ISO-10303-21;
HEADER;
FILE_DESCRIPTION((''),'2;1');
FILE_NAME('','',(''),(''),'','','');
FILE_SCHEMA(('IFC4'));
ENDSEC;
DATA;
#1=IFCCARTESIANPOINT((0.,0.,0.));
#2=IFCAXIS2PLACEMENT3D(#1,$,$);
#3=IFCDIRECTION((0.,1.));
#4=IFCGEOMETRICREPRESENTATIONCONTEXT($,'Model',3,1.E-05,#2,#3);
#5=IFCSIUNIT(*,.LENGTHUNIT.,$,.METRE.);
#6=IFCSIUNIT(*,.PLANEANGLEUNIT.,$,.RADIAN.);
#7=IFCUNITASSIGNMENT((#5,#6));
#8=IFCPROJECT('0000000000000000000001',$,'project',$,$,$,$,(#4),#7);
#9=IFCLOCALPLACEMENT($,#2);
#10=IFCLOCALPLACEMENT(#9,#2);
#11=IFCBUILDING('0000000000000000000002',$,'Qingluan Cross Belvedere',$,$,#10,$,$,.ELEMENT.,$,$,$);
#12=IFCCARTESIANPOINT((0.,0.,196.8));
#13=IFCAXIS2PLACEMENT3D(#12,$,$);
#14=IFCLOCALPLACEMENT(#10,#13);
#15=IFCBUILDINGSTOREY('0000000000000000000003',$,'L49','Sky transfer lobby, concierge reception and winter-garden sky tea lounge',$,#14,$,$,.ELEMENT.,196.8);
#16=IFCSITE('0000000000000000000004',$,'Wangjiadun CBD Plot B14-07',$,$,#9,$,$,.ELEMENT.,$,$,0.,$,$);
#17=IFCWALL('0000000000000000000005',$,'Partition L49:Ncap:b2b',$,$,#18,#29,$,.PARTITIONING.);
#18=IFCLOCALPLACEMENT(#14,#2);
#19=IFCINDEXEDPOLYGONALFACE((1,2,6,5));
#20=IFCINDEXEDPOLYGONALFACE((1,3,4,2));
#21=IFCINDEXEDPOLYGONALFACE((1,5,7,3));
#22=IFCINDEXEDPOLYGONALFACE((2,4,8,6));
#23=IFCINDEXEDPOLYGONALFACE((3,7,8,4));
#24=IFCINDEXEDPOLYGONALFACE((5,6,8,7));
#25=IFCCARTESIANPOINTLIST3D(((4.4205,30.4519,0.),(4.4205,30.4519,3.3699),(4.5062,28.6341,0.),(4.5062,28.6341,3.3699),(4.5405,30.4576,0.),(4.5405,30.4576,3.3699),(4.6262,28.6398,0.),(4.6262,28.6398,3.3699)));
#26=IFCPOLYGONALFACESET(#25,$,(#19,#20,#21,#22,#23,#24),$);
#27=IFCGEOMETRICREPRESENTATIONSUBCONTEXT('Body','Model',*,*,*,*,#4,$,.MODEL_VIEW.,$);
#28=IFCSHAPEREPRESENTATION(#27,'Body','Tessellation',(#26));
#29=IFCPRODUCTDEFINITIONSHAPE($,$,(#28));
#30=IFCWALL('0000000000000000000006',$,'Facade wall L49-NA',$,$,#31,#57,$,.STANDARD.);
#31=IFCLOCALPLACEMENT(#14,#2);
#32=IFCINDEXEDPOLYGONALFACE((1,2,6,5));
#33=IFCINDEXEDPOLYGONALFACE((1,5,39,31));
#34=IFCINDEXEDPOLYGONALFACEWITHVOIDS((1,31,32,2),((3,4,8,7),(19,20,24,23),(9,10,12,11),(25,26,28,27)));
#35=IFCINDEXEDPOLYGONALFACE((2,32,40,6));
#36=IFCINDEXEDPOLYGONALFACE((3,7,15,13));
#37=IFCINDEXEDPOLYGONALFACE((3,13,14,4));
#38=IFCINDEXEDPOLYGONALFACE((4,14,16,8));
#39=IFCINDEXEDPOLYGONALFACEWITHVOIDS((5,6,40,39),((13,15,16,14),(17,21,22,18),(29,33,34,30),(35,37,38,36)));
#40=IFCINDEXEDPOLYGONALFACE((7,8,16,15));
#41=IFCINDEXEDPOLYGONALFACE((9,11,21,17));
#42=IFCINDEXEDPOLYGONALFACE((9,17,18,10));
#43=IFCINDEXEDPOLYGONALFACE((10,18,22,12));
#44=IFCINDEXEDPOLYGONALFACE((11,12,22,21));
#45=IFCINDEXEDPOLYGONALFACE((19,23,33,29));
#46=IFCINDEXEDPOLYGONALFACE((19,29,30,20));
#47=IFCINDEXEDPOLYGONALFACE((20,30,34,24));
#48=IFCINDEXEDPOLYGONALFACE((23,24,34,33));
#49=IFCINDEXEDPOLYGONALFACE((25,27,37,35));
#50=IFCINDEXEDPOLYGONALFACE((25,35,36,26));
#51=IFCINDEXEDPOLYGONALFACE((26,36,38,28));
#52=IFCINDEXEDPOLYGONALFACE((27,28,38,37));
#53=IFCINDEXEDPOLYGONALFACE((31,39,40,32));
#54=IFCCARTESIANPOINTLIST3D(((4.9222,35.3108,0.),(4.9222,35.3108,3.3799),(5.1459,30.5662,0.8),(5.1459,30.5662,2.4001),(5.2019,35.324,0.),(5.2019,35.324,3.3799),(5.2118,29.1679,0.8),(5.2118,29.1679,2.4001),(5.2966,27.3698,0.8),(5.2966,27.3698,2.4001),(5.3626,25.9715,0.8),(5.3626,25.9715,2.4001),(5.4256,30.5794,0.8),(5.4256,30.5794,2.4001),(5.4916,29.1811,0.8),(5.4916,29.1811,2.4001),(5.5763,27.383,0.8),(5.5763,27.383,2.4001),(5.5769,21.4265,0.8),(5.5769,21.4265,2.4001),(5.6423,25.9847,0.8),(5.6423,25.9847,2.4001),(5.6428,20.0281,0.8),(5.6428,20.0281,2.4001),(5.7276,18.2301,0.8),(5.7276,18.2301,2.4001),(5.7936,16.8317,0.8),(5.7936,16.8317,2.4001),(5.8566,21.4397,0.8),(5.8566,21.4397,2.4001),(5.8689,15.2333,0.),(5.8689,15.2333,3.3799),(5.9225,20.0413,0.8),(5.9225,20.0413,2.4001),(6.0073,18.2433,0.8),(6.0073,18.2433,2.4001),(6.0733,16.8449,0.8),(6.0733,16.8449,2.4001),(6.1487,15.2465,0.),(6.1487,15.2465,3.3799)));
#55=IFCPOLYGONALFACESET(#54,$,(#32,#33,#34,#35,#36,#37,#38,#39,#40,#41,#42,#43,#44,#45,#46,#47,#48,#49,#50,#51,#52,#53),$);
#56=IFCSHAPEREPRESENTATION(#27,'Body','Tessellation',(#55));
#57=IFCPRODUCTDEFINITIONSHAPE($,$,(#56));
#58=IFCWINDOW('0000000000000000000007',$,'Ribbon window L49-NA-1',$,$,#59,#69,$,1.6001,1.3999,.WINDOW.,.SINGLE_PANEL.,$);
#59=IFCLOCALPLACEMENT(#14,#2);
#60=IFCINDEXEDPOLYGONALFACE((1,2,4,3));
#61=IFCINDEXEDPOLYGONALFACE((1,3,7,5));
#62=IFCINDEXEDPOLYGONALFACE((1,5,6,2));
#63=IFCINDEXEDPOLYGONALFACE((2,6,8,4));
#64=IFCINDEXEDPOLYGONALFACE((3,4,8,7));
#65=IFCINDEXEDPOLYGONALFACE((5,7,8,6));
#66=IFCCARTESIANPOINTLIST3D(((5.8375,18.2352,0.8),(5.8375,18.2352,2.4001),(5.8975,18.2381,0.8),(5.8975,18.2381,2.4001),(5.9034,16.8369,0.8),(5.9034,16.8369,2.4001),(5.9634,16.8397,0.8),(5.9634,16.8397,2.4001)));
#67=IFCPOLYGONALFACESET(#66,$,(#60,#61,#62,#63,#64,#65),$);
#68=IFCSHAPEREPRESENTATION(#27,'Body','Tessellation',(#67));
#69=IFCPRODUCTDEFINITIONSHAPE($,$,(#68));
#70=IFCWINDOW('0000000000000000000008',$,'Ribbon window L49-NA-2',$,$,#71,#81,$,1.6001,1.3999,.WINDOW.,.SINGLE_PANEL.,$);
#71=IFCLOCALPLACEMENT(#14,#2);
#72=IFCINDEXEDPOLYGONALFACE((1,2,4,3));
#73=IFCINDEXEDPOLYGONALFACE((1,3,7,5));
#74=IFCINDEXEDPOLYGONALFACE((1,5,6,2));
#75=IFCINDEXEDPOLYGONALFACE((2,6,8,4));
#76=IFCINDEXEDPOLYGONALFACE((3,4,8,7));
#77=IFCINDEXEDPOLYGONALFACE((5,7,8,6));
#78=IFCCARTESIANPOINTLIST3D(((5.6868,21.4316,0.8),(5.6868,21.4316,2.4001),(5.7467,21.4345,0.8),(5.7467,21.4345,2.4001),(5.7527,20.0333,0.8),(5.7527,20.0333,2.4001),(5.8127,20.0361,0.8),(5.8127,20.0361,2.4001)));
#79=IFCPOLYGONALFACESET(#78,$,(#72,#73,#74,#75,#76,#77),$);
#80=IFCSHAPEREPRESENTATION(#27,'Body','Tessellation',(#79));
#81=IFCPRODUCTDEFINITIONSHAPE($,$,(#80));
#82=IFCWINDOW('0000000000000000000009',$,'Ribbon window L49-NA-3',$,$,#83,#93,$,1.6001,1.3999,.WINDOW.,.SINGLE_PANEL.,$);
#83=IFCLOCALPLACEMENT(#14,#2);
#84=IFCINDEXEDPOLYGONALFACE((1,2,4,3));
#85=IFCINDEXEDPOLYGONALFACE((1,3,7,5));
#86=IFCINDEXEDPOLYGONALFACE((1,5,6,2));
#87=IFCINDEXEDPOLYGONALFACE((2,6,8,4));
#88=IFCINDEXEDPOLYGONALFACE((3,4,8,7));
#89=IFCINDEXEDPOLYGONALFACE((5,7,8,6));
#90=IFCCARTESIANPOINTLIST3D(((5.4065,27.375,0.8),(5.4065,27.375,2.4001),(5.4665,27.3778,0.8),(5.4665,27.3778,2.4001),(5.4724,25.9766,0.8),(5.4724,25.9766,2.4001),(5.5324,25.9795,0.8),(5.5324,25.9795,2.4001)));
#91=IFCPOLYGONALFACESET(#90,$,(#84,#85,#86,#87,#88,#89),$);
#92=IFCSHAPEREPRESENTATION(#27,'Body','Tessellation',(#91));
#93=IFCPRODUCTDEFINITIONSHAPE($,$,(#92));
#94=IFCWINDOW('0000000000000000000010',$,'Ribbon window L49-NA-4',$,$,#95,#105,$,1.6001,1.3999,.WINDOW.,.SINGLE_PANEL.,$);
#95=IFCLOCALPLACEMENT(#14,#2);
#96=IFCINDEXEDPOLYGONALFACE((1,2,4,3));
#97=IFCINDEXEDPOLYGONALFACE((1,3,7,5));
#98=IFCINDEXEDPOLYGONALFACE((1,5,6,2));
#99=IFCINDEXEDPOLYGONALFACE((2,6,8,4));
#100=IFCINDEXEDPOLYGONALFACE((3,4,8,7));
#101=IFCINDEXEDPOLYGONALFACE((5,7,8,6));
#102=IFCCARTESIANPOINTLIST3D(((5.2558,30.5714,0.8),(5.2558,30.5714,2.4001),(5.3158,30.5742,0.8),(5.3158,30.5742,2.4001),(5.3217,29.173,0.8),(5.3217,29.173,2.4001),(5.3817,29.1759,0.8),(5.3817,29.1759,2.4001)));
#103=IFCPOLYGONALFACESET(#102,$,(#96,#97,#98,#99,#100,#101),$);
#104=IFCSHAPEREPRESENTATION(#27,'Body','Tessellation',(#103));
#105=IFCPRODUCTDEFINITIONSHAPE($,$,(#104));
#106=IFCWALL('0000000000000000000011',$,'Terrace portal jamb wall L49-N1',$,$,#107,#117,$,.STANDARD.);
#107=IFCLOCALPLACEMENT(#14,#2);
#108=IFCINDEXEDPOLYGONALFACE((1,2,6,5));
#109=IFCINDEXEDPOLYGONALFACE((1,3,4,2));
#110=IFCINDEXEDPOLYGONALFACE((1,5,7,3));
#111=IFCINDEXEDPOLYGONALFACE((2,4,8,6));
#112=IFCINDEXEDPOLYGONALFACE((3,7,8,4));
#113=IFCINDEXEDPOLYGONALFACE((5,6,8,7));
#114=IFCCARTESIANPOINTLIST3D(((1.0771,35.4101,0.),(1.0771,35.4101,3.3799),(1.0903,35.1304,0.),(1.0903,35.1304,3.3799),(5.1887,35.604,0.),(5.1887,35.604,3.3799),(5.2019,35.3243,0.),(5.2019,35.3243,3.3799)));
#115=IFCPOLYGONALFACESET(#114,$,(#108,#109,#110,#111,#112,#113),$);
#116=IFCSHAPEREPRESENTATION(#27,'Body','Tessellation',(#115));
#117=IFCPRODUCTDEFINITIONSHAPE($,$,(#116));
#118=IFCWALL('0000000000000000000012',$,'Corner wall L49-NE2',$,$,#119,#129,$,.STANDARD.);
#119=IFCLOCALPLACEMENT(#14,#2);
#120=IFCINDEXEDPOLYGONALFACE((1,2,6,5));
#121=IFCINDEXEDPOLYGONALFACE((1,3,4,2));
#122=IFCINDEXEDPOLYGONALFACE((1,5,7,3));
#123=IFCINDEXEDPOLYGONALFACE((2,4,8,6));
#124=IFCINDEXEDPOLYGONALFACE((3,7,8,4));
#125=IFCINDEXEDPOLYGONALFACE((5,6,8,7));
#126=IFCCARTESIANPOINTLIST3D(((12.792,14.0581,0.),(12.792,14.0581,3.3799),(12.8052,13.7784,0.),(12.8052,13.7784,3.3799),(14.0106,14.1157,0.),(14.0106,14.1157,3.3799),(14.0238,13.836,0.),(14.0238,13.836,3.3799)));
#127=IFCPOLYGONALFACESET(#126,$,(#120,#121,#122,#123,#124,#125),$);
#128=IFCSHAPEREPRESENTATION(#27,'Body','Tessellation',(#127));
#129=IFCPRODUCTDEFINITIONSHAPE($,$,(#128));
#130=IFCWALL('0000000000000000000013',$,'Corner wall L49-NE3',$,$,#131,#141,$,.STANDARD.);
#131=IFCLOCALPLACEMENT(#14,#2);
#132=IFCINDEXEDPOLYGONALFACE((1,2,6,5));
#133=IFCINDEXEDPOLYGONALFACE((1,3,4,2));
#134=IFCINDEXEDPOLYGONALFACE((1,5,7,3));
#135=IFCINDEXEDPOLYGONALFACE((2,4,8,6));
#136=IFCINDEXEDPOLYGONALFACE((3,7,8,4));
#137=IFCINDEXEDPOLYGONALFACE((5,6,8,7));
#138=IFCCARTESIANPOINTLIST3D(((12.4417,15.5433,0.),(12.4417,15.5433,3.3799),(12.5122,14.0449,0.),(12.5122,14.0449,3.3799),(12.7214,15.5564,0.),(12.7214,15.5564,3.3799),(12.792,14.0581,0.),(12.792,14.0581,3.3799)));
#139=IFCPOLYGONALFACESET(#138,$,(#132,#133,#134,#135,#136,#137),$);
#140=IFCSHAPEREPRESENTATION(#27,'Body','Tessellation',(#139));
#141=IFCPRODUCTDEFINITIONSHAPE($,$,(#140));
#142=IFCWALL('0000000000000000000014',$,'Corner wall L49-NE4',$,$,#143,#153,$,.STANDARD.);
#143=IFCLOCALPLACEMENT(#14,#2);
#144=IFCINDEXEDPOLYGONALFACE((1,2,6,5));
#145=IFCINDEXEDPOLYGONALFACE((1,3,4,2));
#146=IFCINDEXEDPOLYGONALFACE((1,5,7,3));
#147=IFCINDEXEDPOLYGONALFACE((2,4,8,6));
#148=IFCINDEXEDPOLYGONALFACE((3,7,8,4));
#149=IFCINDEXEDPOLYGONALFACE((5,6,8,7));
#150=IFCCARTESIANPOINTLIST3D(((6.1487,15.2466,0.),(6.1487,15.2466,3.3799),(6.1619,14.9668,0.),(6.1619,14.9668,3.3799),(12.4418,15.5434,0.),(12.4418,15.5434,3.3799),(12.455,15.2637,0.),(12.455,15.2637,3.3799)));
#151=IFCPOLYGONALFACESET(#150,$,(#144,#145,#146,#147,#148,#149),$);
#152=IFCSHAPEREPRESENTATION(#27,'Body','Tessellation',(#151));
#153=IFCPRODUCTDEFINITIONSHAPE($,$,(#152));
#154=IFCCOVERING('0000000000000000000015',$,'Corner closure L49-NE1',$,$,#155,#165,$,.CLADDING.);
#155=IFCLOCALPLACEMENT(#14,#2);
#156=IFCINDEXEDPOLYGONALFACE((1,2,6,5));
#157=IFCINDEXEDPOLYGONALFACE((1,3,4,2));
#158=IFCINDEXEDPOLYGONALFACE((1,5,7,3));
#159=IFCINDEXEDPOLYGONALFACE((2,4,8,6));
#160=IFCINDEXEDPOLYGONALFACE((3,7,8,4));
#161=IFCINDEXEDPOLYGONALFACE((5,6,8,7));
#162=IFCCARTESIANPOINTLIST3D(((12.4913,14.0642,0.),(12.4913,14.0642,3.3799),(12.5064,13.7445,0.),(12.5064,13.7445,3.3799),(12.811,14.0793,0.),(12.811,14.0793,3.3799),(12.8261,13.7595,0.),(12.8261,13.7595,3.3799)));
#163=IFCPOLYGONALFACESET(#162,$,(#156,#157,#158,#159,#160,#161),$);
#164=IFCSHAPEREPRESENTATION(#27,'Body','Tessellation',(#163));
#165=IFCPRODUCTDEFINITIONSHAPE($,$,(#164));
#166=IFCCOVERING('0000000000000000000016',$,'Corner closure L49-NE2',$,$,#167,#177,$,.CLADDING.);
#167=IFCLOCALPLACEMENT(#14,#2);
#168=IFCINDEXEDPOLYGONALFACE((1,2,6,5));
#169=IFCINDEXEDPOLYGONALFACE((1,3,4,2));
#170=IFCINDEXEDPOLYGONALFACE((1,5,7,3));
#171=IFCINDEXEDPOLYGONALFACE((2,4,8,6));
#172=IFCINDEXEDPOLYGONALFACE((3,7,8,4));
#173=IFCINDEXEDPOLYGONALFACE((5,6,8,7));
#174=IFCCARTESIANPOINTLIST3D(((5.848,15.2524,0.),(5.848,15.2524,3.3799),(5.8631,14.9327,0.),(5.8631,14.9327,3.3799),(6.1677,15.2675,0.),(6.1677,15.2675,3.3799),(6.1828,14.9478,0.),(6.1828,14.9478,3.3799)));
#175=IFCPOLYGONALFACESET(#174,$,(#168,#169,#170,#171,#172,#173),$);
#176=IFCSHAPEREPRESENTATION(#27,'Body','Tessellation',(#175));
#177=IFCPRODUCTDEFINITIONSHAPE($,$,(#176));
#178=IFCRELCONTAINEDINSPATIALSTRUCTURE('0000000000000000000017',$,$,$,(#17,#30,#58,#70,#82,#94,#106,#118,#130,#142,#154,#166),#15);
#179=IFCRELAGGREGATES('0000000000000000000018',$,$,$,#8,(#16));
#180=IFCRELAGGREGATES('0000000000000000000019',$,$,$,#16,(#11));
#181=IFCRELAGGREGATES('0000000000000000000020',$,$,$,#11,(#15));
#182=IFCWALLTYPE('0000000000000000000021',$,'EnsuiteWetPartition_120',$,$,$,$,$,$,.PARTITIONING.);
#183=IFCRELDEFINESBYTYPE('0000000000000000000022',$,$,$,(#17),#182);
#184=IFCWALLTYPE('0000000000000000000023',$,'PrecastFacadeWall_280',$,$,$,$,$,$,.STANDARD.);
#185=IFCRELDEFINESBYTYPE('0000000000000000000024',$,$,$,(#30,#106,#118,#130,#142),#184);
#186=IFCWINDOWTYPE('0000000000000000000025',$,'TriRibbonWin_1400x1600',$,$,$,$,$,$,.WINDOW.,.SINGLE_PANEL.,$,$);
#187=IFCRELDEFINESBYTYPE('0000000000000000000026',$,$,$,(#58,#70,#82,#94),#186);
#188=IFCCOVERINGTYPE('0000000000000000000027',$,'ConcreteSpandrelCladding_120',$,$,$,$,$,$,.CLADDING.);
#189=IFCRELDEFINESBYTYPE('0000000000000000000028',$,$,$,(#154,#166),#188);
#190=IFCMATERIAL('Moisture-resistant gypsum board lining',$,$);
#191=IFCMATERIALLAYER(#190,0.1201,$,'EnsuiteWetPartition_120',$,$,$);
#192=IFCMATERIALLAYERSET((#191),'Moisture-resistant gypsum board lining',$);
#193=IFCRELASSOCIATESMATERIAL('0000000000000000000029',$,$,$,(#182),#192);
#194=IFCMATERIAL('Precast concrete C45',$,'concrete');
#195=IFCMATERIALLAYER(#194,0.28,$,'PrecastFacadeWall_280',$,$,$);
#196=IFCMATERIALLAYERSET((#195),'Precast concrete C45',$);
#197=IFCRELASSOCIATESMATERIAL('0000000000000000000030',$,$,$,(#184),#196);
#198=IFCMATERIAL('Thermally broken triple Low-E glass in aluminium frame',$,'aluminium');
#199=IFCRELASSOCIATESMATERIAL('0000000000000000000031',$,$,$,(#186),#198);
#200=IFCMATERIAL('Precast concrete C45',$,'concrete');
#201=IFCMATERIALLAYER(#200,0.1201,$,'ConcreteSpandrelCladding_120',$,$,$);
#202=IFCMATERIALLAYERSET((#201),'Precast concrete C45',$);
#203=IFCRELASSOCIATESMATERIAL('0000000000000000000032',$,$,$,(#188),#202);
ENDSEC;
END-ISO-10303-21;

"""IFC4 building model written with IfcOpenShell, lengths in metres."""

from ifc_helpers import new_model, si_unit, direction, frame, frame_2d, origin, origin_2d, place, context, subcontext, project, spatial, rectangle, extrude, material, layer, layer_set, type_object, element, fill, save


model = new_model("IFC4")

# Units and contexts
model_context = context("Model", 3, precision=1e-05, world=origin(), true_north=direction((0.0, 1.0)))
body_context = subcontext(model_context, "Body", "Model", "MODEL_VIEW")
ifc_project = project(units=[si_unit("LENGTHUNIT", "METRE"), si_unit("PLANEANGLEUNIT", "RADIAN")], contexts=[model_context])

# Site, building, storey
site_placement = place(None, origin())
site = spatial("IfcSite", under=ifc_project, at=site_placement, Name="Wangjiadun CBD Plot B14-07", CompositionType="ELEMENT", RefElevation=0.0)
building_placement = place(site_placement, origin())
building = spatial("IfcBuilding", under=site, at=building_placement, Name="Qingluan Cross Belvedere", CompositionType="ELEMENT")
storey_placement = place(building_placement, frame((0.0, 0.0, 196.8)))
storey = spatial("IfcBuildingStorey", under=building, at=storey_placement, Name="L49", Description="Sky transfer lobby, concierge reception and winter-garden sky tea lounge", CompositionType="ELEMENT", Elevation=196.8)

# Wall
ifc_material_1 = material(Name="Moisture-resistant gypsum board lining")
ifc_layer_1 = layer(ifc_material_1, 0.1201, Name="EnsuiteWetPartition_120")
ifc_layer_set_1 = layer_set([ifc_layer_1], Name="Moisture-resistant gypsum board lining")
wall_type_1 = type_object("IfcWallType", Name="EnsuiteWetPartition_120", PredefinedType="PARTITIONING", material=ifc_layer_set_1)
wall_1_placement = place(storey_placement, frame((4.5662, 28.637, 0.0), z_axis=(0.0, 0.0, 1.0), x_axis=(-0.047087, 0.998891, 0.0)))
element("IfcWall", 1, at=wall_1_placement, inside=storey, type_object=wall_type_1, Name="Partition L49:Ncap:b2b", PredefinedType="PARTITIONING", context=body_context, shape_type="SweptSolid", body=[
    extrude(rectangle(XDim=1.8198, YDim=0.1201, at=frame_2d((0.9099, 0.0))), origin(), (0.0, 0.0, 1.0), 3.3699),
])

# Wall, openings, windows
ifc_material_2 = material(Name="Precast concrete C45", Category="concrete")
ifc_layer_2 = layer(ifc_material_2, 0.28, Name="PrecastFacadeWall_280")
ifc_layer_set_2 = layer_set([ifc_layer_2], Name="Precast concrete C45")
wall_type_2 = type_object("IfcWallType", Name="PrecastFacadeWall_280", PredefinedType="STANDARD", material=ifc_layer_set_2)
wall_2_placement = place(storey_placement, frame((6.0088, 15.24, 0.0), z_axis=(0.0, 0.0, 1.0), x_axis=(-0.047103, 0.99889, 0.0)))
wall_2 = element("IfcWall", 2, at=wall_2_placement, inside=storey, type_object=wall_type_2, Name="Facade wall L49-NA", PredefinedType="STANDARD", context=body_context, shape_type="SweptSolid", body=[
    extrude(rectangle(XDim=20.0999, YDim=0.28, at=frame_2d((10.0498, 0.0))), origin(), (0.0, 0.0, 1.0), 3.3799),
])
opening_1_placement = place(wall_2_placement, frame((1.6001, 0.0, 0.8)))
opening_1 = element("IfcOpeningElement", 3, at=opening_1_placement, cuts=wall_2, PredefinedType="OPENING", context=body_context, shape_type="SweptSolid", body=[
    extrude(rectangle(XDim=1.3999, YDim=1.6001, at=frame_2d((0.7, 0.8))), frame((0.0, 0.1499, 0.0), z_axis=(0.0, -1.0, 0.0), x_axis=(1.0, 0.0, 0.0)), (0.0, 0.0, 1.0), 0.3),
])
opening_2_placement = place(wall_2_placement, frame((4.8, 0.0, 0.8)))
opening_2 = element("IfcOpeningElement", 4, at=opening_2_placement, cuts=wall_2, PredefinedType="OPENING", context=body_context, shape_type="SweptSolid", body=[
    extrude(rectangle(XDim=1.3999, YDim=1.6001, at=frame_2d((0.7, 0.8))), frame((0.0, 0.1499, 0.0), z_axis=(0.0, -1.0, 0.0), x_axis=(1.0, 0.0, 0.0)), (0.0, 0.0, 1.0), 0.3),
])
opening_3_placement = place(wall_2_placement, frame((10.75, 0.0, 0.8)))
opening_3 = element("IfcOpeningElement", 5, at=opening_3_placement, cuts=wall_2, PredefinedType="OPENING", context=body_context, shape_type="SweptSolid", body=[
    extrude(rectangle(XDim=1.3999, YDim=1.6001, at=frame_2d((0.7, 0.8))), frame((0.0, 0.1499, 0.0), z_axis=(0.0, -1.0, 0.0), x_axis=(1.0, 0.0, 0.0)), (0.0, 0.0, 1.0), 0.3),
])
opening_4_placement = place(wall_2_placement, frame((13.95, 0.0, 0.8)))
opening_4 = element("IfcOpeningElement", 6, at=opening_4_placement, cuts=wall_2, PredefinedType="OPENING", context=body_context, shape_type="SweptSolid", body=[
    extrude(rectangle(XDim=1.3999, YDim=1.6001, at=frame_2d((0.7, 0.8))), frame((0.0, 0.1499, 0.0), z_axis=(0.0, -1.0, 0.0), x_axis=(1.0, 0.0, 0.0)), (0.0, 0.0, 1.0), 0.3),
])
ifc_material_3 = material(Name="Thermally broken triple Low-E glass in aluminium frame", Category="aluminium")
window_type = type_object("IfcWindowType", Name="TriRibbonWin_1400x1600", PartitioningType="SINGLE_PANEL", PredefinedType="WINDOW", material=ifc_material_3)
window_1_placement = place(opening_1_placement, origin())
window_1 = element("IfcWindow", 7, at=window_1_placement, inside=storey, type_object=window_type, Name="Ribbon window L49-NA-1", OverallHeight=1.6001, OverallWidth=1.3999, PartitioningType="SINGLE_PANEL", PredefinedType="WINDOW", context=body_context, shape_type="SweptSolid", body=[
    extrude(rectangle(XDim=1.3999, YDim=1.6001, at=frame_2d((0.7, 0.8))), frame((0.0, 0.03, 0.0), z_axis=(0.0, -1.0, 0.0), x_axis=(1.0, 0.0, 0.0)), (0.0, 0.0, 1.0), 0.0601),
])
fill(opening_1, window_1)
window_2_placement = place(opening_2_placement, origin())
window_2 = element("IfcWindow", 8, at=window_2_placement, inside=storey, type_object=window_type, Name="Ribbon window L49-NA-2", OverallHeight=1.6001, OverallWidth=1.3999, PartitioningType="SINGLE_PANEL", PredefinedType="WINDOW", context=body_context, shape_type="SweptSolid", body=[
    extrude(rectangle(XDim=1.3999, YDim=1.6001, at=frame_2d((0.7, 0.8))), frame((0.0, 0.03, 0.0), z_axis=(0.0, -1.0, 0.0), x_axis=(1.0, 0.0, 0.0)), (0.0, 0.0, 1.0), 0.0601),
])
fill(opening_2, window_2)
window_3_placement = place(opening_3_placement, origin())
window_3 = element("IfcWindow", 9, at=window_3_placement, inside=storey, type_object=window_type, Name="Ribbon window L49-NA-3", OverallHeight=1.6001, OverallWidth=1.3999, PartitioningType="SINGLE_PANEL", PredefinedType="WINDOW", context=body_context, shape_type="SweptSolid", body=[
    extrude(rectangle(XDim=1.3999, YDim=1.6001, at=frame_2d((0.7, 0.8))), frame((0.0, 0.03, 0.0), z_axis=(0.0, -1.0, 0.0), x_axis=(1.0, 0.0, 0.0)), (0.0, 0.0, 1.0), 0.0601),
])
fill(opening_3, window_3)
window_4_placement = place(opening_4_placement, origin())
window_4 = element("IfcWindow", 10, at=window_4_placement, inside=storey, type_object=window_type, Name="Ribbon window L49-NA-4", OverallHeight=1.6001, OverallWidth=1.3999, PartitioningType="SINGLE_PANEL", PredefinedType="WINDOW", context=body_context, shape_type="SweptSolid", body=[
    extrude(rectangle(XDim=1.3999, YDim=1.6001, at=frame_2d((0.7, 0.8))), frame((0.0, 0.03, 0.0), z_axis=(0.0, -1.0, 0.0), x_axis=(1.0, 0.0, 0.0)), (0.0, 0.0, 1.0), 0.0601),
])
fill(opening_4, window_4)

# Walls
wall_3_placement = place(storey_placement, frame((5.1953, 35.4641, 0.0), z_axis=(0.0, 0.0, 1.0), x_axis=(-0.99889, -0.047095, 0.0)))
element("IfcWall", 11, at=wall_3_placement, inside=storey, type_object=wall_type_2, Name="Terrace portal jamb wall L49-N1", PredefinedType="STANDARD", context=body_context, shape_type="SweptSolid", body=[
    extrude(rectangle(XDim=4.1162, YDim=0.28, at=frame_2d((2.0581, 0.0))), origin(), (0.0, 0.0, 1.0), 3.3799),
])
wall_4_placement = place(storey_placement, frame((14.0171, 13.9758, 0.0), z_axis=(0.0, 0.0, 1.0), x_axis=(-0.998884, -0.047232, 0.0)))
element("IfcWall", 12, at=wall_4_placement, inside=storey, type_object=wall_type_2, Name="Corner wall L49-NE2", PredefinedType="STANDARD", context=body_context, shape_type="SweptSolid", body=[
    extrude(rectangle(XDim=1.22, YDim=0.28, at=frame_2d((0.6099, 0.0))), origin(), (0.0, 0.0, 1.0), 3.3799),
])
wall_5_placement = place(storey_placement, frame((12.6521, 14.0515, 0.0), z_axis=(0.0, 0.0, 1.0), x_axis=(-0.047039, 0.998893, 0.0)))
element("IfcWall", 13, at=wall_5_placement, inside=storey, type_object=wall_type_2, Name="Corner wall L49-NE3", PredefinedType="STANDARD", context=body_context, shape_type="SweptSolid", body=[
    extrude(rectangle(XDim=1.5, YDim=0.28, at=frame_2d((0.75, 0.0))), origin(), (0.0, 0.0, 1.0), 3.3799),
])
wall_6_placement = place(storey_placement, frame((12.4482, 15.4036, 0.0), z_axis=(0.0, 0.0, 1.0), x_axis=(-0.998889, -0.047123, 0.0)))
element("IfcWall", 14, at=wall_6_placement, inside=storey, type_object=wall_type_2, Name="Corner wall L49-NE4", PredefinedType="STANDARD", context=body_context, shape_type="SweptSolid", body=[
    extrude(rectangle(XDim=6.3, YDim=0.28, at=frame_2d((3.1499, 0.0))), origin(), (0.0, 0.0, 1.0), 3.3799),
])

# Coverings
ifc_material_4 = material(Name="Precast concrete C45", Category="concrete")
ifc_layer_3 = layer(ifc_material_4, 0.1201, Name="ConcreteSpandrelCladding_120")
ifc_layer_set_3 = layer_set([ifc_layer_3], Name="Precast concrete C45")
covering_type = type_object("IfcCoveringType", Name="ConcreteSpandrelCladding_120", PredefinedType="CLADDING", material=ifc_layer_set_3)
for number, where, z_axis, x_axis, name in (
    (15, (12.6587, 13.9119, 0.0), (0.0, 0.0, 1.0), (0.99889, 0.047106, 0.0), "Corner closure L49-NE1"),
    (16, (6.0154, 15.1001, 0.0), (0.0, 0.0, 1.0), (0.99889, 0.047106, 0.0), "Corner closure L49-NE2"),
):
    element("IfcCovering", number, at=place(storey_placement, frame(where, z_axis=z_axis, x_axis=x_axis)), inside=storey, type_object=covering_type, Name=name, PredefinedType="CLADDING", context=body_context, shape_type="SweptSolid", body=[
        extrude(rectangle(XDim=0.3201, YDim=0.3201, at=origin_2d()), origin(), (0.0, 0.0, 1.0), 3.3799),
    ])

save(model, "model.ifc")
